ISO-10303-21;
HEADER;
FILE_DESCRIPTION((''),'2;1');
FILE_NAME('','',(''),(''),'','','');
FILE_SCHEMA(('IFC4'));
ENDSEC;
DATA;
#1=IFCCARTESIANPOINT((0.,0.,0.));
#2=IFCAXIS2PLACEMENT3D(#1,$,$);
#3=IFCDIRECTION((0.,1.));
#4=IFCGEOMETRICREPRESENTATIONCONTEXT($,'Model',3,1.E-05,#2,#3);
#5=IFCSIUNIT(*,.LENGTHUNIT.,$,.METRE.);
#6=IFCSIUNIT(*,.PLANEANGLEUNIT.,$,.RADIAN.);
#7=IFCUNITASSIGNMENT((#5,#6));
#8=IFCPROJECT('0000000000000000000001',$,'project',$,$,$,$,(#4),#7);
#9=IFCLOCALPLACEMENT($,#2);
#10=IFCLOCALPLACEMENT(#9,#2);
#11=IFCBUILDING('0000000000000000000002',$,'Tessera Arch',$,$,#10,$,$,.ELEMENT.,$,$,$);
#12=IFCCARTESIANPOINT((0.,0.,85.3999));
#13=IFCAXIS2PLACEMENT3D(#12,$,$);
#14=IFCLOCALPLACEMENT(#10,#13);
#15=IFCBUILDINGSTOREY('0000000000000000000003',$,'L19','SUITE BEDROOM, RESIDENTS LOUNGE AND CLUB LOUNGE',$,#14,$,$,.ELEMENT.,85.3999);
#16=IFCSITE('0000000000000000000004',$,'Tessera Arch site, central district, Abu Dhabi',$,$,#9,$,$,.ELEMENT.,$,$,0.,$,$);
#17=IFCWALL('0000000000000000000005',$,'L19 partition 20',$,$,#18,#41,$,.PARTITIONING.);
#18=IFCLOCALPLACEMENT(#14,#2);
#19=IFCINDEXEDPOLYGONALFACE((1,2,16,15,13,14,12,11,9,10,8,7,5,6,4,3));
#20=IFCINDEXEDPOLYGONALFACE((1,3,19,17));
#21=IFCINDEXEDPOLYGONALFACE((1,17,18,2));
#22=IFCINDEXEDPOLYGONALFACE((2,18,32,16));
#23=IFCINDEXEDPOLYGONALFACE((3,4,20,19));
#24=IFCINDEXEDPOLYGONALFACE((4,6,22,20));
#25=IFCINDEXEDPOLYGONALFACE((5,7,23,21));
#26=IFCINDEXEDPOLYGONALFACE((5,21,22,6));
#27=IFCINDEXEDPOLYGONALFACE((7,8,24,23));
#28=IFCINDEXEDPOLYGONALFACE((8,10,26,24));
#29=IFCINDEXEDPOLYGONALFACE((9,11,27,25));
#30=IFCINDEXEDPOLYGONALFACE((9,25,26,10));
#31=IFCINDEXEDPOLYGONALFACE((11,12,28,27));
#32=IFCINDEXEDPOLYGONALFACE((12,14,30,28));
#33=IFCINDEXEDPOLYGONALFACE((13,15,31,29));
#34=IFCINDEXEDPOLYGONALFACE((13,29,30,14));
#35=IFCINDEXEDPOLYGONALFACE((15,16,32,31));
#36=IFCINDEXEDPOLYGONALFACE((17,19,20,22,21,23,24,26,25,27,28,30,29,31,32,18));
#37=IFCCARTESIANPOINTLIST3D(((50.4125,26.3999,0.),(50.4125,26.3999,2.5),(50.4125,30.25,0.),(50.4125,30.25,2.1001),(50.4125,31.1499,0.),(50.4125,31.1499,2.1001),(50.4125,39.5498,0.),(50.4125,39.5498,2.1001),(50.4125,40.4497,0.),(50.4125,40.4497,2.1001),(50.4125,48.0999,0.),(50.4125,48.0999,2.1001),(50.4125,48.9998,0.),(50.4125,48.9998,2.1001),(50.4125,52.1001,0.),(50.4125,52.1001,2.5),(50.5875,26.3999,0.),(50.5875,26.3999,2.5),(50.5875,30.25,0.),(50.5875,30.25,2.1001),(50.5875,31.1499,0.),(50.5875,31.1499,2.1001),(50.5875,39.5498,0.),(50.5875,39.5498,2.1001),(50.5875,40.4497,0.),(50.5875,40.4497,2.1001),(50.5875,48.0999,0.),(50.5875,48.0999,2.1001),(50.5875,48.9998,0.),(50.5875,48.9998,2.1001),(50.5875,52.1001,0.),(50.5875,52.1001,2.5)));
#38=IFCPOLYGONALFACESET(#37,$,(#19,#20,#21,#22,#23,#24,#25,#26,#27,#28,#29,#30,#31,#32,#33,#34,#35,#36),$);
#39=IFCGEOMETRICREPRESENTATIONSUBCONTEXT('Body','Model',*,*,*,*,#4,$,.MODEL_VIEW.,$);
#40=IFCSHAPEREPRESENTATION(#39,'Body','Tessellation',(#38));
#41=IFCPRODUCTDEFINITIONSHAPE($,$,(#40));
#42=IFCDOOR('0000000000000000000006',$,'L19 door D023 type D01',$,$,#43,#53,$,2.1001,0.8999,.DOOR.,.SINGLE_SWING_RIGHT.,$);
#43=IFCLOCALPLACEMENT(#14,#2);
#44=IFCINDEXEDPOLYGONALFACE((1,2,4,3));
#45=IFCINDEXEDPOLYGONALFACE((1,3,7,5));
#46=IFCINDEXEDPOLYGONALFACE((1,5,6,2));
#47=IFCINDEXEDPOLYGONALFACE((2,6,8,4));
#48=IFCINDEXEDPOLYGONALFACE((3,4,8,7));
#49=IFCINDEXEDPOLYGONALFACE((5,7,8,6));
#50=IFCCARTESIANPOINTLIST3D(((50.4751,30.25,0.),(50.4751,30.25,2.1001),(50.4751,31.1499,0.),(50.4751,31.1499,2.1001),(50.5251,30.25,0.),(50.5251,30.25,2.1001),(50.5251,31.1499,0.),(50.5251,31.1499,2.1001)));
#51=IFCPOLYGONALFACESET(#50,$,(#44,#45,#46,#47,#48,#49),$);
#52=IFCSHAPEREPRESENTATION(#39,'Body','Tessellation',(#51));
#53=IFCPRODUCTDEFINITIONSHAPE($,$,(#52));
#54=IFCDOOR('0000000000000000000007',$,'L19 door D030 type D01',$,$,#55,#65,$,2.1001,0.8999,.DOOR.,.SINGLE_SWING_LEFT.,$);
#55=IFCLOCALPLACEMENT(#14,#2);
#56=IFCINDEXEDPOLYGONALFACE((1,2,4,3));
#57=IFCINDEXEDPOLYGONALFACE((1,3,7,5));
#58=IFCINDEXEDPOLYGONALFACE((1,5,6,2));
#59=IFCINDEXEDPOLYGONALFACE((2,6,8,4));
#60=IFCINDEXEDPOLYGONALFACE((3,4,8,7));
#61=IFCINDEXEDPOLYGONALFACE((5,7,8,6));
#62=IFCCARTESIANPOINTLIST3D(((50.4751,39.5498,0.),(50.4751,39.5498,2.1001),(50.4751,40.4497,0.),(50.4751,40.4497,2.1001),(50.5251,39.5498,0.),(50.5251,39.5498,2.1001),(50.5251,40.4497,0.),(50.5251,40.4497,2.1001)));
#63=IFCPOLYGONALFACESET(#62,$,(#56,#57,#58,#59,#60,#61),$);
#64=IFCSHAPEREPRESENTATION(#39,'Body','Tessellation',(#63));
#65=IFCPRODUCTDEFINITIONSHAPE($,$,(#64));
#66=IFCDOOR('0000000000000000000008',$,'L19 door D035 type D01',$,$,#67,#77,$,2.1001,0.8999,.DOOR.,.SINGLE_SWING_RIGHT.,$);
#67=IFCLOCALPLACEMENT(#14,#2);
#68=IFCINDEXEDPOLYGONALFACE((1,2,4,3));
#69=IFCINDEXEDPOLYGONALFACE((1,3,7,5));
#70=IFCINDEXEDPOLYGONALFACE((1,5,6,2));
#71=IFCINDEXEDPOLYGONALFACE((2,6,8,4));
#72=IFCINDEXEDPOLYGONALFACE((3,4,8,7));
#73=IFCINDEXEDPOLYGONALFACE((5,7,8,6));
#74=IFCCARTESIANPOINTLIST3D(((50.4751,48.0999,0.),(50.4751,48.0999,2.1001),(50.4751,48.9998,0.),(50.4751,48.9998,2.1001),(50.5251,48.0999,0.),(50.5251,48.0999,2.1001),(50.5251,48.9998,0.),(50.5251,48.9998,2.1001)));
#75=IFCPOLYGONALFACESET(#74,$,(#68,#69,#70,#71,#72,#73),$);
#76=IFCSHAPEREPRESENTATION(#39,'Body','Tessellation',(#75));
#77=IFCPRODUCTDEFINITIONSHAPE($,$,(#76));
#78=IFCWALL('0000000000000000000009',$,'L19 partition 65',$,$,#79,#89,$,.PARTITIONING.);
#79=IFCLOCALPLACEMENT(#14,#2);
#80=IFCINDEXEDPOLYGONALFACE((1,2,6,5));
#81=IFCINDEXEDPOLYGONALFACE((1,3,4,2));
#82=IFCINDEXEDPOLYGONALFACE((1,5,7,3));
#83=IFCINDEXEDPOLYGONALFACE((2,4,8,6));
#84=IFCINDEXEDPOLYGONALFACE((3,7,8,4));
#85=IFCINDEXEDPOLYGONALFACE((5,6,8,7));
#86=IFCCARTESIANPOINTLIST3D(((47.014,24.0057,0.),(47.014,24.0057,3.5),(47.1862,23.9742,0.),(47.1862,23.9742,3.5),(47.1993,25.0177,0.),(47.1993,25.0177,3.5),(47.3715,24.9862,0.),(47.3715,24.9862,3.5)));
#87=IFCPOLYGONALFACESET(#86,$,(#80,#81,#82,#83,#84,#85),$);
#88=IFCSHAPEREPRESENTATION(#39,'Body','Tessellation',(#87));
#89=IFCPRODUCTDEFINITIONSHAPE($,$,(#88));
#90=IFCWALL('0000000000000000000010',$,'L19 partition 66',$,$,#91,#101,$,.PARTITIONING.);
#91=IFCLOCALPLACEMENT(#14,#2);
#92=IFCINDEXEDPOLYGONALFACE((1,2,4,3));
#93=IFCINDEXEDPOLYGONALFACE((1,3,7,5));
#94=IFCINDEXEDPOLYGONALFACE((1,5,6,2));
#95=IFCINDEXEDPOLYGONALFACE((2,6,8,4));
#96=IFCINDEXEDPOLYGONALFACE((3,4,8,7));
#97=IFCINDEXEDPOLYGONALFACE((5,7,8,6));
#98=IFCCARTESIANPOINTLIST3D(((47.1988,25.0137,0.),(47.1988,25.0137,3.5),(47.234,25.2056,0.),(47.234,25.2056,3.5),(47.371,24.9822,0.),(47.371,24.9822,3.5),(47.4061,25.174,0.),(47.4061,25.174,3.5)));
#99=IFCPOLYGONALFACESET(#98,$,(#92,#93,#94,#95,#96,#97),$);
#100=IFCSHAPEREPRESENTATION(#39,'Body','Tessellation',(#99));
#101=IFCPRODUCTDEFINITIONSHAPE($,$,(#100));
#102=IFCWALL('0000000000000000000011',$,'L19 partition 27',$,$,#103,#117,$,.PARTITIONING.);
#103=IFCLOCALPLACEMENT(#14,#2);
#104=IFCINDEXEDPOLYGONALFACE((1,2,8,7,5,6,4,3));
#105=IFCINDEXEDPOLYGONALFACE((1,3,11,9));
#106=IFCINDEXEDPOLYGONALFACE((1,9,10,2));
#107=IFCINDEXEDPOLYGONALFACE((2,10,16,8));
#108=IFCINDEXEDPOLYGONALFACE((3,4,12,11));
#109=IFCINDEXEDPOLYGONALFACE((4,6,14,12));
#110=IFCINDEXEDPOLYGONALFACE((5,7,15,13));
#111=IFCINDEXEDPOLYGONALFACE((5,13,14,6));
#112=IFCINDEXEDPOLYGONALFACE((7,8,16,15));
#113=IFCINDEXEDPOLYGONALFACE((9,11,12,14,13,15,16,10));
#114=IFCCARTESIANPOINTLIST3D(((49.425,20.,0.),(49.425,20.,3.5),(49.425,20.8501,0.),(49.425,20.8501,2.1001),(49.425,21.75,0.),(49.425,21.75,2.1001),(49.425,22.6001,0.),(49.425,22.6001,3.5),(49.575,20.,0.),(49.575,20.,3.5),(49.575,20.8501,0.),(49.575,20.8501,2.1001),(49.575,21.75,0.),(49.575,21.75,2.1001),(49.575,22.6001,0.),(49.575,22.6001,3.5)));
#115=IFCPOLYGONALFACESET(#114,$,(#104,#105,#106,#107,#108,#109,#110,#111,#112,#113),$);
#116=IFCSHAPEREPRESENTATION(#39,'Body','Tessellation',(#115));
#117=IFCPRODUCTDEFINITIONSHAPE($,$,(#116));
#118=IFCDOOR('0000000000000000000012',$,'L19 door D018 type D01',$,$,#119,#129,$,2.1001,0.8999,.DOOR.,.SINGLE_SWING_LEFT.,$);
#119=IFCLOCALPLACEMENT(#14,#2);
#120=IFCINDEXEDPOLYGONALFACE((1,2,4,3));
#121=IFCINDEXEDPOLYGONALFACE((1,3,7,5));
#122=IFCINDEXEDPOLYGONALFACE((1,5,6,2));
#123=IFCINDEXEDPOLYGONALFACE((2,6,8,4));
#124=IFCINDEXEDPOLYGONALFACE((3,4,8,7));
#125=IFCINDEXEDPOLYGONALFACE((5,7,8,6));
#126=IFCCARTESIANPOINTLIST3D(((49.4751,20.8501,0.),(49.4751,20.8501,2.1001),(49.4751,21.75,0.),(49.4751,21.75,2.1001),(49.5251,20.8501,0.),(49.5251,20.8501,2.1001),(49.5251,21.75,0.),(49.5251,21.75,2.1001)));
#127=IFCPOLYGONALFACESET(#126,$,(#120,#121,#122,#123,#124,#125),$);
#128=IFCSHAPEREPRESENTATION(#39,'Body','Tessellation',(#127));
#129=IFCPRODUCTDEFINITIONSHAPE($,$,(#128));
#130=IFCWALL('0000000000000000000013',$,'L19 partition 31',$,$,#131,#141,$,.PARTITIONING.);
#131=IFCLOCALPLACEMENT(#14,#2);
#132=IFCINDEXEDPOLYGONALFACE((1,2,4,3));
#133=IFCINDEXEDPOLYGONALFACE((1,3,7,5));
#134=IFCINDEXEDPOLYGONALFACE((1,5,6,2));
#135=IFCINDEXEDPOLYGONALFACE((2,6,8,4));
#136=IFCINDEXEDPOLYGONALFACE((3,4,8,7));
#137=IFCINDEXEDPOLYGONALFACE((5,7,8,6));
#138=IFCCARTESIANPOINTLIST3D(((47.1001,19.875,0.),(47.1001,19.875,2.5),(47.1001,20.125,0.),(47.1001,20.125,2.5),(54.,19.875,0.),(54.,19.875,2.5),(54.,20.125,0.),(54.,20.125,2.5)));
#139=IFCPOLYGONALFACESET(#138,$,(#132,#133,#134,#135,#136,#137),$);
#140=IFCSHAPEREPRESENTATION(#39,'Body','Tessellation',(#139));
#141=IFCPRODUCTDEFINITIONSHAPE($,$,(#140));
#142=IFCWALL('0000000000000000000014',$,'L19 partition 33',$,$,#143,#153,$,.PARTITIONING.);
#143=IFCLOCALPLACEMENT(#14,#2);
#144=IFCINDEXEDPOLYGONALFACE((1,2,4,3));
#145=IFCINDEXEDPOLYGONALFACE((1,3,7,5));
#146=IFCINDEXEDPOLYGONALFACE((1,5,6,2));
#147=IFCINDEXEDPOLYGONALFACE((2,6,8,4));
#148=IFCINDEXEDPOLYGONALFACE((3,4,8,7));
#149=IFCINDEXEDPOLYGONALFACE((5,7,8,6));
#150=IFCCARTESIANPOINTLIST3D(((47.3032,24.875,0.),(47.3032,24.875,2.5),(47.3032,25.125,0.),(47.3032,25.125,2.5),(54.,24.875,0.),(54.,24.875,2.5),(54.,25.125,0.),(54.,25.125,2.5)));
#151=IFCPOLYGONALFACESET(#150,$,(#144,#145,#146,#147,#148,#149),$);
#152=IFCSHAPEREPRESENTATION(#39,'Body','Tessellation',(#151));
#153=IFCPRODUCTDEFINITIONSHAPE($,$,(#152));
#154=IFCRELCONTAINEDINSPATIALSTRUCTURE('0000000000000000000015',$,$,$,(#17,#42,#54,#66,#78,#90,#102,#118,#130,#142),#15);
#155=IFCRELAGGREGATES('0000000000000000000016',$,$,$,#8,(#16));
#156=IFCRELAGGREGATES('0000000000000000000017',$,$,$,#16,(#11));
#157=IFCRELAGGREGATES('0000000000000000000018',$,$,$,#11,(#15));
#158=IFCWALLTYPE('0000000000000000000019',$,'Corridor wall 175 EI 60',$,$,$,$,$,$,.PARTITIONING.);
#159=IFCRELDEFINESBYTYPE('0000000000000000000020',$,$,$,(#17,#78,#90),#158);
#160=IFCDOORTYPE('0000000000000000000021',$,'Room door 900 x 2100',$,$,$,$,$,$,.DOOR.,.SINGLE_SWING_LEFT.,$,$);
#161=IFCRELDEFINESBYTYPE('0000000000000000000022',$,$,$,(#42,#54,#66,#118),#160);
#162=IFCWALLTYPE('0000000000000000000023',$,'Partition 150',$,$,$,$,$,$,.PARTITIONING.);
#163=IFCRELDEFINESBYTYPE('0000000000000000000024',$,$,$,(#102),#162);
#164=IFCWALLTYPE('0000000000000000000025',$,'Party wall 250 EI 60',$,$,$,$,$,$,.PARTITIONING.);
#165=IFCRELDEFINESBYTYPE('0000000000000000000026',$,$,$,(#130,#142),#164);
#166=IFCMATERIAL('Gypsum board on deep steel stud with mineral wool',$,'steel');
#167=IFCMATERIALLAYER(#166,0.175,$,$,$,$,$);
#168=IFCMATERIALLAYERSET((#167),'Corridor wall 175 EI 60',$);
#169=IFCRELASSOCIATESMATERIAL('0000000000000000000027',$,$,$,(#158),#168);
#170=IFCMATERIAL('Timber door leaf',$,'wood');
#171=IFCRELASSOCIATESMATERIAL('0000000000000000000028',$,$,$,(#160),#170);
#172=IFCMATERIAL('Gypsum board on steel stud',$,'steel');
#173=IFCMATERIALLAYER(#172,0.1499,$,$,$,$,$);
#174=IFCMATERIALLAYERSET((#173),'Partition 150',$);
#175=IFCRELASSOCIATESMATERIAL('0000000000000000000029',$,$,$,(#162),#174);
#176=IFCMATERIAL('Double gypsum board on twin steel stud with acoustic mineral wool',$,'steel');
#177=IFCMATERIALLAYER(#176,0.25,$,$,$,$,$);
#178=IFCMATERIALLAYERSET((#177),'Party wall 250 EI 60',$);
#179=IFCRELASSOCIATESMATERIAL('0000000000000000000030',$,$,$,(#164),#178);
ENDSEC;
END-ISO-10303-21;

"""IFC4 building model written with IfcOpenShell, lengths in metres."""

from ifc_helpers import new_model, si_unit, direction, frame, frame_2d, origin, place, context, subcontext, project, spatial, rectangle, extrude, material, layer, layer_set, type_object, element, fill, save


model = new_model("IFC4")

# Units and contexts
model_context = context("Model", 3, precision=1e-05, world=origin(), true_north=direction((0.0, 1.0)))
body_context = subcontext(model_context, "Body", "Model", "MODEL_VIEW")
ifc_project = project(units=[si_unit("LENGTHUNIT", "METRE"), si_unit("PLANEANGLEUNIT", "RADIAN")], contexts=[model_context])

# Site, building, storey
site_placement = place(None, origin())
site = spatial("IfcSite", under=ifc_project, at=site_placement, Name="Tessera Arch site, central district, Abu Dhabi", CompositionType="ELEMENT", RefElevation=0.0)
building_placement = place(site_placement, origin())
building = spatial("IfcBuilding", under=site, at=building_placement, Name="Tessera Arch", CompositionType="ELEMENT")
storey_placement = place(building_placement, frame((0.0, 0.0, 85.3999)))
storey = spatial("IfcBuildingStorey", under=building, at=storey_placement, Name="L19", Description="SUITE BEDROOM, RESIDENTS LOUNGE AND CLUB LOUNGE", CompositionType="ELEMENT", Elevation=85.3999)

# Shared definitions
ifc_material_1 = material(Name="Gypsum board on deep steel stud with mineral wool", Category="steel")
ifc_layer_1 = layer(ifc_material_1, 0.175)
ifc_layer_set_1 = layer_set([ifc_layer_1], Name="Corridor wall 175 EI 60")
wall_type_1 = type_object("IfcWallType", Name="Corridor wall 175 EI 60", PredefinedType="PARTITIONING", material=ifc_layer_set_1)

# Wall, openings, doors
wall_1_placement = place(storey_placement, frame((50.5, 26.3999, 0.0), z_axis=(0.0, 0.0, 1.0), x_axis=(0.0, 1.0, 0.0)))
wall_1 = element("IfcWall", 1, at=wall_1_placement, inside=storey, type_object=wall_type_1, Name="L19 partition 20", PredefinedType="PARTITIONING", context=body_context, shape_type="SweptSolid", body=[
    extrude(rectangle(XDim=25.7002, YDim=0.175, at=frame_2d((12.8501, 0.0))), origin(), (0.0, 0.0, 1.0), 2.5),
])
opening_1_placement = place(wall_1_placement, frame((3.8501, 0.0, 0.0)))
opening_1 = element("IfcOpeningElement", 2, at=opening_1_placement, cuts=wall_1, PredefinedType="OPENING", context=body_context, shape_type="SweptSolid", body=[
    extrude(rectangle(XDim=0.8999, YDim=2.1001, at=frame_2d((0.45, 1.05))), frame((0.0, 0.0974, 0.0), z_axis=(0.0, -1.0, 0.0), x_axis=(1.0, 0.0, 0.0)), (0.0, 0.0, 1.0), 0.1951),
])
opening_2_placement = place(wall_1_placement, frame((13.1499, 0.0, 0.0)))
opening_2 = element("IfcOpeningElement", 3, at=opening_2_placement, cuts=wall_1, PredefinedType="OPENING", context=body_context, shape_type="SweptSolid", body=[
    extrude(rectangle(XDim=0.8999, YDim=2.1001, at=frame_2d((0.45, 1.05))), frame((0.0, 0.0974, 0.0), z_axis=(0.0, -1.0, 0.0), x_axis=(1.0, 0.0, 0.0)), (0.0, 0.0, 1.0), 0.1951),
])
opening_3_placement = place(wall_1_placement, frame((21.7, 0.0, 0.0)))
opening_3 = element("IfcOpeningElement", 4, at=opening_3_placement, cuts=wall_1, PredefinedType="OPENING", context=body_context, shape_type="SweptSolid", body=[
    extrude(rectangle(XDim=0.8999, YDim=2.1001, at=frame_2d((0.45, 1.05))), frame((0.0, 0.0974, 0.0), z_axis=(0.0, -1.0, 0.0), x_axis=(1.0, 0.0, 0.0)), (0.0, 0.0, 1.0), 0.1951),
])
ifc_material_2 = material(Name="Timber door leaf", Category="wood")
door_type_1 = type_object("IfcDoorType", Name="Room door 900 x 2100", OperationType="SINGLE_SWING_LEFT", PredefinedType="DOOR", material=ifc_material_2)
door_1_placement = place(opening_1_placement, origin())
door_1 = element("IfcDoor", 5, at=door_1_placement, inside=storey, type_object=door_type_1, Name="L19 door D023 type D01", OperationType="SINGLE_SWING_RIGHT", OverallHeight=2.1001, OverallWidth=0.8999, PredefinedType="DOOR", context=body_context, shape_type="SweptSolid", body=[
    extrude(rectangle(XDim=0.8999, YDim=2.1001, at=frame_2d((0.45, 1.05))), frame((0.0, 0.0249, 0.0), z_axis=(0.0, -1.0, 0.0), x_axis=(1.0, 0.0, 0.0)), (0.0, 0.0, 1.0), 0.05),
])
fill(opening_1, door_1)
door_2_placement = place(opening_2_placement, origin())
door_2 = element("IfcDoor", 6, at=door_2_placement, inside=storey, type_object=door_type_1, Name="L19 door D030 type D01", OperationType="SINGLE_SWING_LEFT", OverallHeight=2.1001, OverallWidth=0.8999, PredefinedType="DOOR", context=body_context, shape_type="SweptSolid", body=[
    extrude(rectangle(XDim=0.8999, YDim=2.1001, at=frame_2d((0.45, 1.05))), frame((0.0, 0.0249, 0.0), z_axis=(0.0, -1.0, 0.0), x_axis=(1.0, 0.0, 0.0)), (0.0, 0.0, 1.0), 0.05),
])
fill(opening_2, door_2)
door_3_placement = place(opening_3_placement, origin())
door_3 = element("IfcDoor", 7, at=door_3_placement, inside=storey, type_object=door_type_1, Name="L19 door D035 type D01", OperationType="SINGLE_SWING_RIGHT", OverallHeight=2.1001, OverallWidth=0.8999, PredefinedType="DOOR", context=body_context, shape_type="SweptSolid", body=[
    extrude(rectangle(XDim=0.8999, YDim=2.1001, at=frame_2d((0.45, 1.05))), frame((0.0, 0.0249, 0.0), z_axis=(0.0, -1.0, 0.0), x_axis=(1.0, 0.0, 0.0)), (0.0, 0.0, 1.0), 0.05),
])
fill(opening_3, door_3)

# Walls
wall_2_placement = place(storey_placement, frame((47.2854, 25.002, 0.0), z_axis=(0.0, 0.0, 1.0), x_axis=(-0.180117, -0.983645, 0.0)))
element("IfcWall", 8, at=wall_2_placement, inside=storey, type_object=wall_type_1, Name="L19 partition 65", PredefinedType="PARTITIONING", context=body_context, shape_type="SweptSolid", body=[
    extrude(rectangle(XDim=1.0288, YDim=0.175, at=frame_2d((0.5144, 0.0))), origin(), (0.0, 0.0, 1.0), 3.5),
])
wall_3_placement = place(storey_placement, frame((47.3201, 25.1899, 0.0), z_axis=(0.0, 0.0, 1.0), x_axis=(-0.180207, -0.983629, 0.0)))
element("IfcWall", 9, at=wall_3_placement, inside=storey, type_object=wall_type_1, Name="L19 partition 66", PredefinedType="PARTITIONING", context=body_context, shape_type="SweptSolid", body=[
    extrude(rectangle(XDim=0.1951, YDim=0.175, at=frame_2d((0.0977, 0.0))), origin(), (0.0, 0.0, 1.0), 3.5),
])

# Wall, opening, door
ifc_material_3 = material(Name="Gypsum board on steel stud", Category="steel")
ifc_layer_2 = layer(ifc_material_3, 0.1499)
ifc_layer_set_2 = layer_set([ifc_layer_2], Name="Partition 150")
wall_type_2 = type_object("IfcWallType", Name="Partition 150", PredefinedType="PARTITIONING", material=ifc_layer_set_2)
wall_4_placement = place(storey_placement, frame((49.5, 20.0, 0.0), z_axis=(0.0, 0.0, 1.0), x_axis=(0.0, 1.0, 0.0)))
wall_4 = element("IfcWall", 10, at=wall_4_placement, inside=storey, type_object=wall_type_2, Name="L19 partition 27", PredefinedType="PARTITIONING", context=body_context, shape_type="SweptSolid", body=[
    extrude(rectangle(XDim=2.6001, YDim=0.1499, at=frame_2d((1.3, 0.0))), origin(), (0.0, 0.0, 1.0), 3.5),
])
opening_4_placement = place(wall_4_placement, frame((0.8501, 0.0, 0.0)))
opening_4 = element("IfcOpeningElement", 11, at=opening_4_placement, cuts=wall_4, PredefinedType="OPENING", context=body_context, shape_type="SweptSolid", body=[
    extrude(rectangle(XDim=0.8999, YDim=2.1001, at=frame_2d((0.45, 1.05))), frame((0.0, 0.085, 0.0), z_axis=(0.0, -1.0, 0.0), x_axis=(1.0, 0.0, 0.0)), (0.0, 0.0, 1.0), 0.1699),
])
door_4_placement = place(opening_4_placement, origin())
door_4 = element("IfcDoor", 12, at=door_4_placement, inside=storey, type_object=door_type_1, Name="L19 door D018 type D01", OperationType="SINGLE_SWING_LEFT", OverallHeight=2.1001, OverallWidth=0.8999, PredefinedType="DOOR", context=body_context, shape_type="SweptSolid", body=[
    extrude(rectangle(XDim=0.8999, YDim=2.1001, at=frame_2d((0.45, 1.05))), frame((0.0, 0.0249, 0.0), z_axis=(0.0, -1.0, 0.0), x_axis=(1.0, 0.0, 0.0)), (0.0, 0.0, 1.0), 0.05),
])
fill(opening_4, door_4)

# Walls
ifc_material_4 = material(Name="Double gypsum board on twin steel stud with acoustic mineral wool", Category="steel")
ifc_layer_3 = layer(ifc_material_4, 0.25)
ifc_layer_set_3 = layer_set([ifc_layer_3], Name="Party wall 250 EI 60")
wall_type_3 = type_object("IfcWallType", Name="Party wall 250 EI 60", PredefinedType="PARTITIONING", material=ifc_layer_set_3)
wall_5_placement = place(storey_placement, frame((47.1001, 20.0, 0.0), z_axis=(0.0, 0.0, 1.0), x_axis=(1.0, 0.0, 0.0)))
element("IfcWall", 13, at=wall_5_placement, inside=storey, type_object=wall_type_3, Name="L19 partition 31", PredefinedType="PARTITIONING", context=body_context, shape_type="SweptSolid", body=[
    extrude(rectangle(XDim=6.8999, YDim=0.25, at=frame_2d((3.45, 0.0))), origin(), (0.0, 0.0, 1.0), 2.5),
])
wall_6_placement = place(storey_placement, frame((47.3032, 25.0, 0.0), z_axis=(0.0, 0.0, 1.0), x_axis=(1.0, 0.0, 0.0)))
element("IfcWall", 14, at=wall_6_placement, inside=storey, type_object=wall_type_3, Name="L19 partition 33", PredefinedType="PARTITIONING", context=body_context, shape_type="SweptSolid", body=[
    extrude(rectangle(XDim=6.6968, YDim=0.25, at=frame_2d((3.3484, 0.0))), origin(), (0.0, 0.0, 1.0), 2.5),
])

save(model, "model.ifc")
